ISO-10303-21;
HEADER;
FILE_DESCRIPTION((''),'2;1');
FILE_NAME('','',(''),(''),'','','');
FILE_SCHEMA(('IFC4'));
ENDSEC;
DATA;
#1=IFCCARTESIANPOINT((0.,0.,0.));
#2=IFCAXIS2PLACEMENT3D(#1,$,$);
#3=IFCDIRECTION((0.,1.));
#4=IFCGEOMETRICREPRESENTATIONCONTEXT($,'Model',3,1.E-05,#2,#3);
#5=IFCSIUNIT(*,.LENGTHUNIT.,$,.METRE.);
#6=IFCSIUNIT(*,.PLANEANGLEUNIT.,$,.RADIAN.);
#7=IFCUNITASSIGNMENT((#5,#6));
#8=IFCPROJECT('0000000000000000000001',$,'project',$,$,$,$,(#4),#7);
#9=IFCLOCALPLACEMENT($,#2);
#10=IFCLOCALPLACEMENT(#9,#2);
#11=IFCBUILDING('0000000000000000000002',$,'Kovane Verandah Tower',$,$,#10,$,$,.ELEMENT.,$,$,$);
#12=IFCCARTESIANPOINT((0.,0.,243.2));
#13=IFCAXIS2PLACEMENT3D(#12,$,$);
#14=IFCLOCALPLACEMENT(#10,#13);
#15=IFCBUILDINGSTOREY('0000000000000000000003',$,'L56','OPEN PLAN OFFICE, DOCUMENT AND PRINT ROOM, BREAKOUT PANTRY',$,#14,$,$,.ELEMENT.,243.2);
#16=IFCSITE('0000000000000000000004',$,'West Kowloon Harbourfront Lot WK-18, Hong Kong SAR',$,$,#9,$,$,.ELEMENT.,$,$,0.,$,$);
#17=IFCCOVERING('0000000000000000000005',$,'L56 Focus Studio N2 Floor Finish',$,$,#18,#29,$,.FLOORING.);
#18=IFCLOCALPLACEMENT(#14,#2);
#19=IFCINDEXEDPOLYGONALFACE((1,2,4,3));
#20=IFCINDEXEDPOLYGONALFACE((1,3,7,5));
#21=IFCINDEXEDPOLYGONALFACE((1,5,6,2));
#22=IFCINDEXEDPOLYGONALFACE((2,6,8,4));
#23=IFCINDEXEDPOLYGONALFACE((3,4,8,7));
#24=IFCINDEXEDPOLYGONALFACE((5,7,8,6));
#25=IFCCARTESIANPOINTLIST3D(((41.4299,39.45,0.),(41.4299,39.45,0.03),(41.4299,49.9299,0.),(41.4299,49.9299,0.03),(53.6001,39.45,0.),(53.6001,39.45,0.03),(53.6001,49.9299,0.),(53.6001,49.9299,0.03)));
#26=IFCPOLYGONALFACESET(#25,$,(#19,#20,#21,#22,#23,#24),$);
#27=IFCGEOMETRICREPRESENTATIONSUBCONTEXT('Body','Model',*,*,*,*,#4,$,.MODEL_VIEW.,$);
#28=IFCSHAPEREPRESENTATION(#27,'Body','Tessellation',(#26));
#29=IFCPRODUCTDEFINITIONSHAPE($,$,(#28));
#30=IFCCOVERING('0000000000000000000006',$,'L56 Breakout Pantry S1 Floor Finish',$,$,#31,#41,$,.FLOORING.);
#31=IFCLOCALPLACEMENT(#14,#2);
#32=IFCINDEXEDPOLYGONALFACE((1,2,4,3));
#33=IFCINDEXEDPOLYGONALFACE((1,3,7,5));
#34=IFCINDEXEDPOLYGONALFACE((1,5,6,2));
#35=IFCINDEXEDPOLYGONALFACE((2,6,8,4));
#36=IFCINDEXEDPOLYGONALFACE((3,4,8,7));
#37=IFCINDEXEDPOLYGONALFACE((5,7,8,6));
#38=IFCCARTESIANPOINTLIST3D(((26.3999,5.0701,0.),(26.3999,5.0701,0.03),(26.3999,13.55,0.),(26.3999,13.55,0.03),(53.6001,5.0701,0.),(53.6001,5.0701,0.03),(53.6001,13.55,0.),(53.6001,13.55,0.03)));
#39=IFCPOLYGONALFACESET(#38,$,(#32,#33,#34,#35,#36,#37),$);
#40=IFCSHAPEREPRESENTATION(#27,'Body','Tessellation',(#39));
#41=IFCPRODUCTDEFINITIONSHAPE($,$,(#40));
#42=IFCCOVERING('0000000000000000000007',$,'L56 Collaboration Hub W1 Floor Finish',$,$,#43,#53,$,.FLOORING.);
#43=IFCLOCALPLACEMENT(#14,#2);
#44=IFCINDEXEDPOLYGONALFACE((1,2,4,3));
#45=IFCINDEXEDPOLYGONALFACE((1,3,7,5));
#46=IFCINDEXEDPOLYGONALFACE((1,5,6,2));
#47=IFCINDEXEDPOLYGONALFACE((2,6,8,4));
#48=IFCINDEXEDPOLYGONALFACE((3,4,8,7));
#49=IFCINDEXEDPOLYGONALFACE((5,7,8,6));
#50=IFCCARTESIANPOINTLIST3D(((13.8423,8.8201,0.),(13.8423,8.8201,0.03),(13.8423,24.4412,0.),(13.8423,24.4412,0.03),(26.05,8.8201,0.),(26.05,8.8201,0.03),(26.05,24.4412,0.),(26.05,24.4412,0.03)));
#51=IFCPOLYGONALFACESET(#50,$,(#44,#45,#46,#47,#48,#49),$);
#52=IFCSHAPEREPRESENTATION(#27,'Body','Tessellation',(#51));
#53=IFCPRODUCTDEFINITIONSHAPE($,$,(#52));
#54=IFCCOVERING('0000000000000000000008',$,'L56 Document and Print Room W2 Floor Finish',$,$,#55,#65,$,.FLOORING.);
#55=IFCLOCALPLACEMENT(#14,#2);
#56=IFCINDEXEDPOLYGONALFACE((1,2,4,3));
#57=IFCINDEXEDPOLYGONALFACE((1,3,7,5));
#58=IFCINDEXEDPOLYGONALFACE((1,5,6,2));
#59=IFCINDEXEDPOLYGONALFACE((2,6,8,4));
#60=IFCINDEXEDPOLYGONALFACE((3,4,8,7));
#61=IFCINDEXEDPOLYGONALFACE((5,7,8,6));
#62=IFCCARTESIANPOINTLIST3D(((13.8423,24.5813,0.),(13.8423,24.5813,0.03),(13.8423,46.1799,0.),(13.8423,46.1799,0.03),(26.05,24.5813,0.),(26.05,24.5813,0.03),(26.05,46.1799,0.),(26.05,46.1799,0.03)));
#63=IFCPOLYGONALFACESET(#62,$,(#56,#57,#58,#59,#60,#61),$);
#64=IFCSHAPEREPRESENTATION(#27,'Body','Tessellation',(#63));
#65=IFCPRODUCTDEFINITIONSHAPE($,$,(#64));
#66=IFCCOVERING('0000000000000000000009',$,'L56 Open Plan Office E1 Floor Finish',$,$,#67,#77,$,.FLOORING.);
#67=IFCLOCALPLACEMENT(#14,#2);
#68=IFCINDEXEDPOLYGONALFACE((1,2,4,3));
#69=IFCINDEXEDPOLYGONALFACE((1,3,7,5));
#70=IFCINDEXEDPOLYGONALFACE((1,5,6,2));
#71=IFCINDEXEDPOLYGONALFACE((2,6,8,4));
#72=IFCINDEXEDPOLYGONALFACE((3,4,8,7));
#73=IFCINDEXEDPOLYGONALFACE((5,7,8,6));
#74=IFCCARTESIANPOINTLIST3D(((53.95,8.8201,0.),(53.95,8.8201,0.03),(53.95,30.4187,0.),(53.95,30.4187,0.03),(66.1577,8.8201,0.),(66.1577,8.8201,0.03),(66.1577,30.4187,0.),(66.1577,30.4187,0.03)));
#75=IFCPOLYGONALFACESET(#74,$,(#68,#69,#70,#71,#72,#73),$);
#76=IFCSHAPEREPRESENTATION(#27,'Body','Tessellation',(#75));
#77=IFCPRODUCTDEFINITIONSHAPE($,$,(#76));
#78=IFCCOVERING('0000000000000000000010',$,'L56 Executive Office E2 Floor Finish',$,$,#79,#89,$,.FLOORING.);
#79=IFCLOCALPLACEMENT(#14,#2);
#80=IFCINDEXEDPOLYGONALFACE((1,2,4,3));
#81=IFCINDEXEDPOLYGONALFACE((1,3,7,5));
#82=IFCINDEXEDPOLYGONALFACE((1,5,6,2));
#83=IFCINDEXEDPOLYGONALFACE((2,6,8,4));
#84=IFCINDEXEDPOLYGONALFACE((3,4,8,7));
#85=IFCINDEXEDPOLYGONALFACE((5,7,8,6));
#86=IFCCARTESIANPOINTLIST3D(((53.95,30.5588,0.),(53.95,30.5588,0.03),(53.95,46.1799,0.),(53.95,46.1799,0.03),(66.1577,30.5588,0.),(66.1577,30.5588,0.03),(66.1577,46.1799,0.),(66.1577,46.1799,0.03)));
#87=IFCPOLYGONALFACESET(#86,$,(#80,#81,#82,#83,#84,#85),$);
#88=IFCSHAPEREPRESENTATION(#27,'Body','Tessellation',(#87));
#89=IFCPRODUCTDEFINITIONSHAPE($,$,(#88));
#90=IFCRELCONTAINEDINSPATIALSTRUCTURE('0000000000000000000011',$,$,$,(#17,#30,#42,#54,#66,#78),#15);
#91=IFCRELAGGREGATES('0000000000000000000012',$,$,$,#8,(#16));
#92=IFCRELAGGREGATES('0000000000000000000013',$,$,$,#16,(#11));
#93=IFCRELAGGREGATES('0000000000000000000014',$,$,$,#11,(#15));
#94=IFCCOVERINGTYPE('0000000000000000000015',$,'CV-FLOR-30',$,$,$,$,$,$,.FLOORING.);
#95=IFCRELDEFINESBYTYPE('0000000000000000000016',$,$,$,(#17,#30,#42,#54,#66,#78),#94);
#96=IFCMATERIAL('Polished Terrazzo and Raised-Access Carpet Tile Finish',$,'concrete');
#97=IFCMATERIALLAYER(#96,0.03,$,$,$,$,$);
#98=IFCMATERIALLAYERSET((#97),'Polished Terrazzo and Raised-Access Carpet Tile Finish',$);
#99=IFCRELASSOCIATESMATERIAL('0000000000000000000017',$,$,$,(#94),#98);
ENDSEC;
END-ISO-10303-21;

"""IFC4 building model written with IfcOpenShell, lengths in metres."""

from ifc_helpers import new_model, si_unit, direction, frame, origin, place, context, subcontext, project, spatial, polyline, outline, extrude, material, layer, layer_set, type_object, element, save


model = new_model("IFC4")

# Units and contexts
model_context = context("Model", 3, precision=1e-05, world=origin(), true_north=direction((0.0, 1.0)))
body_context = subcontext(model_context, "Body", "Model", "MODEL_VIEW")
ifc_project = project(units=[si_unit("LENGTHUNIT", "METRE"), si_unit("PLANEANGLEUNIT", "RADIAN")], contexts=[model_context])

# Site, building, storey
site_placement = place(None, origin())
site = spatial("IfcSite", under=ifc_project, at=site_placement, Name="West Kowloon Harbourfront Lot WK-18, Hong Kong SAR", CompositionType="ELEMENT", RefElevation=0.0)
building_placement = place(site_placement, origin())
building = spatial("IfcBuilding", under=site, at=building_placement, Name="Kovane Verandah Tower", CompositionType="ELEMENT")
storey_placement = place(building_placement, frame((0.0, 0.0, 243.2)))
storey = spatial("IfcBuildingStorey", under=building, at=storey_placement, Name="L56", Description="OPEN PLAN OFFICE, DOCUMENT AND PRINT ROOM, BREAKOUT PANTRY", CompositionType="ELEMENT", Elevation=243.2)

# Coverings
ifc_material_1 = material(Name="Polished Terrazzo and Raised-Access Carpet Tile Finish", Category="concrete")
ifc_layer_1 = layer(ifc_material_1, 0.03)
ifc_layer_set_1 = layer_set([ifc_layer_1], Name="Polished Terrazzo and Raised-Access Carpet Tile Finish")
covering_type_1 = type_object("IfcCoveringType", Name="CV-FLOR-30", PredefinedType="FLOORING", material=ifc_layer_set_1)
covering_1_placement = place(storey_placement, origin())
element("IfcCovering", 1, at=covering_1_placement, inside=storey, type_object=covering_type_1, Name="L56 Focus Studio N2 Floor Finish", PredefinedType="FLOORING", context=body_context, shape_type="SweptSolid", body=[
    extrude(outline(polyline([(41.4299, 39.45), (53.6001, 39.45), (53.6001, 49.9299), (41.4299, 49.9299), (41.4299, 39.45)])), origin(), (0.0, 0.0, 1.0), 0.03),
])
covering_2_placement = place(storey_placement, origin())
element("IfcCovering", 2, at=covering_2_placement, inside=storey, type_object=covering_type_1, Name="L56 Breakout Pantry S1 Floor Finish", PredefinedType="FLOORING", context=body_context, shape_type="SweptSolid", body=[
    extrude(outline(polyline([(26.3999, 5.0701), (53.6001, 5.0701), (53.6001, 13.55), (26.3999, 13.55), (26.3999, 5.0701)])), origin(), (0.0, 0.0, 1.0), 0.03),
])
covering_3_placement = place(storey_placement, origin())
element("IfcCovering", 3, at=covering_3_placement, inside=storey, type_object=covering_type_1, Name="L56 Collaboration Hub W1 Floor Finish", PredefinedType="FLOORING", context=body_context, shape_type="SweptSolid", body=[
    extrude(outline(polyline([(13.8423, 8.8201), (26.05, 8.8201), (26.05, 24.4412), (13.8423, 24.4412), (13.8423, 8.8201)])), origin(), (0.0, 0.0, 1.0), 0.03),
])
covering_4_placement = place(storey_placement, origin())
element("IfcCovering", 4, at=covering_4_placement, inside=storey, type_object=covering_type_1, Name="L56 Document and Print Room W2 Floor Finish", PredefinedType="FLOORING", context=body_context, shape_type="SweptSolid", body=[
    extrude(outline(polyline([(13.8423, 24.5813), (26.05, 24.5813), (26.05, 46.1799), (13.8423, 46.1799), (13.8423, 24.5813)])), origin(), (0.0, 0.0, 1.0), 0.03),
])
covering_5_placement = place(storey_placement, origin())
element("IfcCovering", 5, at=covering_5_placement, inside=storey, type_object=covering_type_1, Name="L56 Open Plan Office E1 Floor Finish", PredefinedType="FLOORING", context=body_context, shape_type="SweptSolid", body=[
    extrude(outline(polyline([(53.95, 8.8201), (66.1577, 8.8201), (66.1577, 30.4187), (53.95, 30.4187), (53.95, 8.8201)])), origin(), (0.0, 0.0, 1.0), 0.03),
])
covering_6_placement = place(storey_placement, origin())
element("IfcCovering", 6, at=covering_6_placement, inside=storey, type_object=covering_type_1, Name="L56 Executive Office E2 Floor Finish", PredefinedType="FLOORING", context=body_context, shape_type="SweptSolid", body=[
    extrude(outline(polyline([(53.95, 30.5588), (66.1577, 30.5588), (66.1577, 46.1799), (53.95, 46.1799), (53.95, 30.5588)])), origin(), (0.0, 0.0, 1.0), 0.03),
])

save(model, "model.ifc")
